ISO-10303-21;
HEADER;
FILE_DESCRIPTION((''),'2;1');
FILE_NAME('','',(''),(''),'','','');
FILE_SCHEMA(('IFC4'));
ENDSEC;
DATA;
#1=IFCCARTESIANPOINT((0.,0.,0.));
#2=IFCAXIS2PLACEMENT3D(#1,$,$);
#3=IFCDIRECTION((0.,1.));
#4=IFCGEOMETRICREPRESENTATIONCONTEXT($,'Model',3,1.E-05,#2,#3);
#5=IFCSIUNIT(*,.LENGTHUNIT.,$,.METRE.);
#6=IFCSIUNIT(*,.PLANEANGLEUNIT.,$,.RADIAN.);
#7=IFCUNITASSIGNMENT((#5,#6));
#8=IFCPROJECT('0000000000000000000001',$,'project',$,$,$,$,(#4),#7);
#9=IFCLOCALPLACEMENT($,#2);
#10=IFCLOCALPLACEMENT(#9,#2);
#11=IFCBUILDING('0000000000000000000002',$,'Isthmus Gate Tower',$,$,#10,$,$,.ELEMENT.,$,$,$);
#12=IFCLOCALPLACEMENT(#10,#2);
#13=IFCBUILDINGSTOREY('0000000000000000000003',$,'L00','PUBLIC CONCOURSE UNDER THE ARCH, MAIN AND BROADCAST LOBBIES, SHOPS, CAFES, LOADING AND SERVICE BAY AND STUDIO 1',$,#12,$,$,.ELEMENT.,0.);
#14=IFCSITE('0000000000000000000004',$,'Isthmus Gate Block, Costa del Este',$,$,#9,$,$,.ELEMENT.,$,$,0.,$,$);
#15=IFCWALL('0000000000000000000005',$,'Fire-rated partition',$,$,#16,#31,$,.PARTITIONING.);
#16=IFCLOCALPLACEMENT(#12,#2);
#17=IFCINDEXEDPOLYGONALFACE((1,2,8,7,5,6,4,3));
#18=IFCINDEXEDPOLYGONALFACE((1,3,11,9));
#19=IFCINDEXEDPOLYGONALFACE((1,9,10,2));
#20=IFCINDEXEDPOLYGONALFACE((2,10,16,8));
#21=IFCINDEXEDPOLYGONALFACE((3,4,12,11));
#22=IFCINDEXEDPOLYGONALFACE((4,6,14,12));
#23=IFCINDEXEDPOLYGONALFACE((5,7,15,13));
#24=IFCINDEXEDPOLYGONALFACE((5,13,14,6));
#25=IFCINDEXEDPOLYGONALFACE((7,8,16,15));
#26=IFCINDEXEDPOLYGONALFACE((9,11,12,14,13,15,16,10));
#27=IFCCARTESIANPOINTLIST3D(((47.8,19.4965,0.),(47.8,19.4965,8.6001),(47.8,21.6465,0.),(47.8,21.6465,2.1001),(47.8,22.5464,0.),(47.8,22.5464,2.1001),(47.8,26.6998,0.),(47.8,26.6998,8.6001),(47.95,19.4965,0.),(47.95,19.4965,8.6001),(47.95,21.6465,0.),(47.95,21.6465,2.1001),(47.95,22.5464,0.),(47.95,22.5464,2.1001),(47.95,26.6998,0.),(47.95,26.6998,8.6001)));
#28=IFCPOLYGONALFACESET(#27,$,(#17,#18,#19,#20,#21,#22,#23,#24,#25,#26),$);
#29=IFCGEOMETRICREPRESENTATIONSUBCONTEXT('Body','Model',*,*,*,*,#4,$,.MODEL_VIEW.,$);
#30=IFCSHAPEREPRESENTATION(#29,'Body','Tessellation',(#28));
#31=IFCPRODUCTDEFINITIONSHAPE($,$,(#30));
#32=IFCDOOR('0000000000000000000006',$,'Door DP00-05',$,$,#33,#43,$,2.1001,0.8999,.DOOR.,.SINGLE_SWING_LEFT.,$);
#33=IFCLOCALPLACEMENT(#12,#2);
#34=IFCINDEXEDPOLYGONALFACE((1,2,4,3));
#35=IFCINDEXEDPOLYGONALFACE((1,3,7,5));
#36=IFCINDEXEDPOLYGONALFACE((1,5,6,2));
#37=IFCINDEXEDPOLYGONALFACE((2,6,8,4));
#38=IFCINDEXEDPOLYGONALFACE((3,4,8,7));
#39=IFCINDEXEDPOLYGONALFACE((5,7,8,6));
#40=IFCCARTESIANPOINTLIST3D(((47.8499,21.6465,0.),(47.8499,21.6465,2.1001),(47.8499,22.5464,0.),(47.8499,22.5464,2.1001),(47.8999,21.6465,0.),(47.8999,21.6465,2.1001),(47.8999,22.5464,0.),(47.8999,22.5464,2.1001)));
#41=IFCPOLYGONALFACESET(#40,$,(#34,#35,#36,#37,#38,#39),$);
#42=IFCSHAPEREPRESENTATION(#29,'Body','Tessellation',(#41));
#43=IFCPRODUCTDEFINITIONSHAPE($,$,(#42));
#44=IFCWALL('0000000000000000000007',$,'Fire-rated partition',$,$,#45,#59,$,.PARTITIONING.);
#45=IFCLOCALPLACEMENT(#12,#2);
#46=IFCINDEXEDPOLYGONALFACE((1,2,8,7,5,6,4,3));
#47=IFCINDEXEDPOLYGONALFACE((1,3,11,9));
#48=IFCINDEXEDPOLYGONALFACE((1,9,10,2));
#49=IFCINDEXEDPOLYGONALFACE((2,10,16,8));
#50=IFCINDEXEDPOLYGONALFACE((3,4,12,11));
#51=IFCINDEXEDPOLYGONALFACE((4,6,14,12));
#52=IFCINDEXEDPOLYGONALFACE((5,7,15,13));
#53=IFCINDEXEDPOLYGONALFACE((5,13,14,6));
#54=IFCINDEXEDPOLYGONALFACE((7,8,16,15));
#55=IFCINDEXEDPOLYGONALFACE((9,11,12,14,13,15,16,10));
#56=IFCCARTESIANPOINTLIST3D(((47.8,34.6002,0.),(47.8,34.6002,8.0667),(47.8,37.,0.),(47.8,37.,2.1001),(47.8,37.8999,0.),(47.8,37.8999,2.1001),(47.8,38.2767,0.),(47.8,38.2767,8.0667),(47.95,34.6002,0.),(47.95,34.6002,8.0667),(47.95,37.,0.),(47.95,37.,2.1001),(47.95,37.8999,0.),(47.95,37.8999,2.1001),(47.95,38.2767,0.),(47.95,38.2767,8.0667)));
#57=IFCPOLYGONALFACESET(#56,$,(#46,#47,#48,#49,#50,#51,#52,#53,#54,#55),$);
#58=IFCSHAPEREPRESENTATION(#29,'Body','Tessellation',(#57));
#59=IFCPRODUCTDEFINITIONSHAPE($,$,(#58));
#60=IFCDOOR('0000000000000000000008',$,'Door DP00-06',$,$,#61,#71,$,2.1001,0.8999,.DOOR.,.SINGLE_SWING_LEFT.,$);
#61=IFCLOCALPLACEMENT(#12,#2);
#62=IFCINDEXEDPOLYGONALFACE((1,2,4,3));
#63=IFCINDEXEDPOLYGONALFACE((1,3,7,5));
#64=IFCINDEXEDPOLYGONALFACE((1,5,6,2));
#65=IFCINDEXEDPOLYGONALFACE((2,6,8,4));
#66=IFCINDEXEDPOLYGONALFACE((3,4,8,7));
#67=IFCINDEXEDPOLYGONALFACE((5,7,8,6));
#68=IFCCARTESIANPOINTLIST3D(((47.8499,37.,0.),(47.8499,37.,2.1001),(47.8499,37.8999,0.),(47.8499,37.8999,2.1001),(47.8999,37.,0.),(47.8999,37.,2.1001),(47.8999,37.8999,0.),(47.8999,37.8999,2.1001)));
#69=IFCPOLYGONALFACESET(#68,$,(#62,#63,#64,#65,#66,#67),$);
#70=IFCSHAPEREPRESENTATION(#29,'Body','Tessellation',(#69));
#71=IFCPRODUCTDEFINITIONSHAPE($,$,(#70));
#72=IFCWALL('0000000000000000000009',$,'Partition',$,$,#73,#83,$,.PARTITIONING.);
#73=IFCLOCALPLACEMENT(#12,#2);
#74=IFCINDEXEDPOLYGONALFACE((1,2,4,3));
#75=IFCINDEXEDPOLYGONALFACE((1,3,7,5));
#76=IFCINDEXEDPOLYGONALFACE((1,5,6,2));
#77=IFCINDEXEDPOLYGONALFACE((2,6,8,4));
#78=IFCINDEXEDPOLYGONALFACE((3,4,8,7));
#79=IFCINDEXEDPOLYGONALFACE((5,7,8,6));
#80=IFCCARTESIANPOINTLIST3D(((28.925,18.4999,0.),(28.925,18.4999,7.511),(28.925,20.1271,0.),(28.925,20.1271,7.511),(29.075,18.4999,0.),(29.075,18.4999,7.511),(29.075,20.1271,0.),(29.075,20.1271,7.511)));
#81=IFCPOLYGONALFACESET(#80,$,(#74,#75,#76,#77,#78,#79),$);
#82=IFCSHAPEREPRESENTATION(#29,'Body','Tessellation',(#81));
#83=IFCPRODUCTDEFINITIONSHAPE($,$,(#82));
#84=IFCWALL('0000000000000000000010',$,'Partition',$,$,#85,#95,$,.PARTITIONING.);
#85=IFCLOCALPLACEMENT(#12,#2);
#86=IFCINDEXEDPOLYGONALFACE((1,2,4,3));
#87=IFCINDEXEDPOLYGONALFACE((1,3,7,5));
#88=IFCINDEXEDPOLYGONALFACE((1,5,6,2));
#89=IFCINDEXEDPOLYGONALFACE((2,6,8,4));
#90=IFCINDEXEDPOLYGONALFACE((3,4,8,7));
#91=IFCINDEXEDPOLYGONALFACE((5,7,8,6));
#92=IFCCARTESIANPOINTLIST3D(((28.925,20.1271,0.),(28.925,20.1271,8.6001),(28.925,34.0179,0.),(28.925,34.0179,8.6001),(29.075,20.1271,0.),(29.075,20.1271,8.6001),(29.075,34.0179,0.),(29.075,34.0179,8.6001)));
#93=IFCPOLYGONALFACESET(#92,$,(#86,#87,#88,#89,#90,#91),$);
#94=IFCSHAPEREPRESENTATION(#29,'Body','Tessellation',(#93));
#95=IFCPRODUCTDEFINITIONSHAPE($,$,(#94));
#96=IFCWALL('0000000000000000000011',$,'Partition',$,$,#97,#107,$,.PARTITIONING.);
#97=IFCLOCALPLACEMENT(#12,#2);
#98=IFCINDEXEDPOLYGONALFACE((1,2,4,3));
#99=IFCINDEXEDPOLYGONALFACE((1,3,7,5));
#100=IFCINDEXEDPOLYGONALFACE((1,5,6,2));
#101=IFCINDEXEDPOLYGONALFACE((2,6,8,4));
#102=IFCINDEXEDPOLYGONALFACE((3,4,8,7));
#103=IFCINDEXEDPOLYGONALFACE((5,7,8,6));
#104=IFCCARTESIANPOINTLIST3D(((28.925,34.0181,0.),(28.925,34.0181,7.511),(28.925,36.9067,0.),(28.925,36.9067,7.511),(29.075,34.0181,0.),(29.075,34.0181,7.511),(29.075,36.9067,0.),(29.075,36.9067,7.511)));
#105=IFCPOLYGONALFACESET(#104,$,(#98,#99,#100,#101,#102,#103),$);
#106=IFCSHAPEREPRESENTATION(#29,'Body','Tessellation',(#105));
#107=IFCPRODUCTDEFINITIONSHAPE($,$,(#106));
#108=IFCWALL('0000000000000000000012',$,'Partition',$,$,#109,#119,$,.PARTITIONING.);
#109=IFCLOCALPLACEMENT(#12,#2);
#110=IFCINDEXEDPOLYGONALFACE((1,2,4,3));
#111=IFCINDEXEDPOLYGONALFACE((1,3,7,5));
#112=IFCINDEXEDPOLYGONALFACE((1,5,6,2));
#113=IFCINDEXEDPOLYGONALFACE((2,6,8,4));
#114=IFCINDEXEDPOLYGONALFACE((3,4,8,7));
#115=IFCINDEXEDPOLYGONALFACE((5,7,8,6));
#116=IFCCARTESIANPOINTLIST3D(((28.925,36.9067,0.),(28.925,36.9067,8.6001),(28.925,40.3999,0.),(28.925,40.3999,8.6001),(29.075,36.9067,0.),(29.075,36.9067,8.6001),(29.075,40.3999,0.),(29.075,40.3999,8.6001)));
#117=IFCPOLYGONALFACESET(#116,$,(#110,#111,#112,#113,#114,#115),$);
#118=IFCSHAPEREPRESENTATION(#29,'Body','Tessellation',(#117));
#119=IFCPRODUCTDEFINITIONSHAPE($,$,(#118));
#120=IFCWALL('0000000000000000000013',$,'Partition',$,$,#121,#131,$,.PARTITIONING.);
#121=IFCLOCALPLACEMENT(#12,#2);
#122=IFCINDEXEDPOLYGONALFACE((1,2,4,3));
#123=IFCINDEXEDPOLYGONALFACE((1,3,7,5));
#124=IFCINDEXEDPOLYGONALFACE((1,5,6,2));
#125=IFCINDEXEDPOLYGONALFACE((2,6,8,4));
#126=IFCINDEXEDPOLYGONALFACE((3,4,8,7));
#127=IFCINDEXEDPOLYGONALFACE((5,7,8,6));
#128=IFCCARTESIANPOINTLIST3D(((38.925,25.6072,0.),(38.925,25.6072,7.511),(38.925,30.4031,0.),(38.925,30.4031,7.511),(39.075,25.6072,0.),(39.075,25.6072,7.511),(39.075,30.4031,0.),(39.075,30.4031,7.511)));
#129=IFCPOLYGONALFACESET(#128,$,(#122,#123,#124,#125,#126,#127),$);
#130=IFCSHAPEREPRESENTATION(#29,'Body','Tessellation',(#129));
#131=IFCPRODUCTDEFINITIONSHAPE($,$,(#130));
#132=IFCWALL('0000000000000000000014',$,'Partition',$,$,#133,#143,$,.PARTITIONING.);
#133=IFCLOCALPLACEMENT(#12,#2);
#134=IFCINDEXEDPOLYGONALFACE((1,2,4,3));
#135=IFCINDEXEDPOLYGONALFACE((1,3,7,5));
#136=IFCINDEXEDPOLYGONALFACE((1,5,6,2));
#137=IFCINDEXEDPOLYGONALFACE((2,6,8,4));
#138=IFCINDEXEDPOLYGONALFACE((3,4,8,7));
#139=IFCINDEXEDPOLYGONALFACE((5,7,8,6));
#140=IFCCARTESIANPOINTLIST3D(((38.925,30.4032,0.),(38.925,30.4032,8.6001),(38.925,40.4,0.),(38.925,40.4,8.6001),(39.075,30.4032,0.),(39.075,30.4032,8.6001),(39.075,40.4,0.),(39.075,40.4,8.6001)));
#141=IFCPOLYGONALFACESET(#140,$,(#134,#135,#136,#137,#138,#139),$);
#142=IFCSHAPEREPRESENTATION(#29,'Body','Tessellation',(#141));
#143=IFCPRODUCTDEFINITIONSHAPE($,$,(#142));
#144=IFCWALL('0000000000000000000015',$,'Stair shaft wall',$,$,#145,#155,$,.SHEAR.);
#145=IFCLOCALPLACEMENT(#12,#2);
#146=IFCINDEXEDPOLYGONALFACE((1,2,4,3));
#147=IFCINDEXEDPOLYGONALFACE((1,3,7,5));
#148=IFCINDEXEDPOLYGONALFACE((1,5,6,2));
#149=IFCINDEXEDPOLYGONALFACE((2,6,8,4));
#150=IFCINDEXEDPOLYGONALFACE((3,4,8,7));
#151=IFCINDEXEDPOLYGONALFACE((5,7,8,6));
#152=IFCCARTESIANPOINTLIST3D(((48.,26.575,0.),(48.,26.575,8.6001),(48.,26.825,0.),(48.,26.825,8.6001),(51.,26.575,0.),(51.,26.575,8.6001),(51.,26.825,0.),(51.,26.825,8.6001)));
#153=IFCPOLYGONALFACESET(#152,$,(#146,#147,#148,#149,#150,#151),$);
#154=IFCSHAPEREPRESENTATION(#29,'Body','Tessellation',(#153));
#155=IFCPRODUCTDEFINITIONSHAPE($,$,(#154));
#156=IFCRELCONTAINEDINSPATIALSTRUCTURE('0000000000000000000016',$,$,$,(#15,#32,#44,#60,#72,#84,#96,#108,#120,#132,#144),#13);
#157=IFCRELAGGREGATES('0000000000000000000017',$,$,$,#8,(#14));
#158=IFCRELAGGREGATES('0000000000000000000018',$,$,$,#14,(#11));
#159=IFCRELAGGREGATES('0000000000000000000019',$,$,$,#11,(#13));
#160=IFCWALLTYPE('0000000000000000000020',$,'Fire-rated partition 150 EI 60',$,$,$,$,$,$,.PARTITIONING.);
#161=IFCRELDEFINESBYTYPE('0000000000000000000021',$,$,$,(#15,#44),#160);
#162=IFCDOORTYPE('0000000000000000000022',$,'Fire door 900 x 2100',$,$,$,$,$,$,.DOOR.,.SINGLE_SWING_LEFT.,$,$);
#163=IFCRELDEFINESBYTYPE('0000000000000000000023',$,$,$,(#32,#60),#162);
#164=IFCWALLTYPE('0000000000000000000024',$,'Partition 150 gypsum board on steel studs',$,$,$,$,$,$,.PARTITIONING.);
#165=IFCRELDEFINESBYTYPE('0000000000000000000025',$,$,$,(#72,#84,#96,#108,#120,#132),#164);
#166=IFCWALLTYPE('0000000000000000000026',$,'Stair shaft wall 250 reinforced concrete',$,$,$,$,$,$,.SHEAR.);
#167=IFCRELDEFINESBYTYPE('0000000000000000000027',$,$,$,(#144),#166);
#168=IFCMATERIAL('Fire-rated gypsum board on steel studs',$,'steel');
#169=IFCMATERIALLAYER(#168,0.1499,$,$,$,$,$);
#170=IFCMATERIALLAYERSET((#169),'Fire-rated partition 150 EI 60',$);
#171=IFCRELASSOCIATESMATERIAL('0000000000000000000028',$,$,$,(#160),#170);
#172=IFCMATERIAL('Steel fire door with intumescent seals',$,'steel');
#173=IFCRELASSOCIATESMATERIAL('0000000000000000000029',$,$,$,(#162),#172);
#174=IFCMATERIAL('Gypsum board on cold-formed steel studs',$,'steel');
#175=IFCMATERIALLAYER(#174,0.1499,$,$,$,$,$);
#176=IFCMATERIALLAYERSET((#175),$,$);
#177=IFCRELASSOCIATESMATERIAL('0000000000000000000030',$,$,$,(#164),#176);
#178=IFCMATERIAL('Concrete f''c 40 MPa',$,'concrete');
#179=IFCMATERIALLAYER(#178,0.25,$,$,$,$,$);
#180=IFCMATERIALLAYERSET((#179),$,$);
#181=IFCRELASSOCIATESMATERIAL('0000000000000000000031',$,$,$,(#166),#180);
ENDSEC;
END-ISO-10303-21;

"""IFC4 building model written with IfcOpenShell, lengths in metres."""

from ifc_helpers import new_model, si_unit, direction, frame, frame_2d, origin, place, context, subcontext, project, spatial, rectangle, extrude, material, layer, layer_set, type_object, element, fill, save


model = new_model("IFC4")

# Units and contexts
model_context = context("Model", 3, precision=1e-05, world=origin(), true_north=direction((0.0, 1.0)))
body_context = subcontext(model_context, "Body", "Model", "MODEL_VIEW")
ifc_project = project(units=[si_unit("LENGTHUNIT", "METRE"), si_unit("PLANEANGLEUNIT", "RADIAN")], contexts=[model_context])

# Site, building, storey
site_placement = place(None, origin())
site = spatial("IfcSite", under=ifc_project, at=site_placement, Name="Isthmus Gate Block, Costa del Este", CompositionType="ELEMENT", RefElevation=0.0)
building_placement = place(site_placement, origin())
building = spatial("IfcBuilding", under=site, at=building_placement, Name="Isthmus Gate Tower", CompositionType="ELEMENT")
storey_placement = place(building_placement, origin())
storey = spatial("IfcBuildingStorey", under=building, at=storey_placement, Name="L00", Description="PUBLIC CONCOURSE UNDER THE ARCH, MAIN AND BROADCAST LOBBIES, SHOPS, CAFES, LOADING AND SERVICE BAY AND STUDIO 1", CompositionType="ELEMENT", Elevation=0.0)

# Shared definitions
ifc_material_1 = material(Name="Fire-rated gypsum board on steel studs", Category="steel")
ifc_layer_1 = layer(ifc_material_1, 0.1499)
ifc_layer_set_1 = layer_set([ifc_layer_1], Name="Fire-rated partition 150 EI 60")
wall_type_1 = type_object("IfcWallType", Name="Fire-rated partition 150 EI 60", PredefinedType="PARTITIONING", material=ifc_layer_set_1)

# Walls, openings, doors
wall_1_placement = place(storey_placement, frame((47.875, 19.4966, 0.0), z_axis=(0.0, 0.0, 1.0), x_axis=(0.0, 1.0, 0.0)))
wall_1 = element("IfcWall", 1, at=wall_1_placement, inside=storey, type_object=wall_type_1, Name="Fire-rated partition", PredefinedType="PARTITIONING", context=body_context, shape_type="SweptSolid", body=[
    extrude(rectangle(XDim=7.2034, YDim=0.1499, at=frame_2d((3.6016, 0.0))), origin(), (0.0, 0.0, 1.0), 8.6001),
])
opening_1_placement = place(wall_1_placement, frame((2.1499, 0.0, 0.0)))
opening_1 = element("IfcOpeningElement", 2, at=opening_1_placement, cuts=wall_1, PredefinedType="OPENING", context=body_context, shape_type="SweptSolid", body=[
    extrude(rectangle(XDim=0.8999, YDim=2.1001, at=frame_2d((0.45, 1.05))), frame((0.0, 0.085, 0.0), z_axis=(0.0, -1.0, 0.0), x_axis=(1.0, 0.0, 0.0)), (0.0, 0.0, 1.0), 0.1699),
])
ifc_material_2 = material(Name="Steel fire door with intumescent seals", Category="steel")
door_type_1 = type_object("IfcDoorType", Name="Fire door 900 x 2100", OperationType="SINGLE_SWING_LEFT", PredefinedType="DOOR", material=ifc_material_2)
door_1_placement = place(opening_1_placement, frame((0.8999, 0.0, 0.0), z_axis=(0.0, 0.0, 1.0), x_axis=(-1.0, 0.0, 0.0)))
door_1 = element("IfcDoor", 3, at=door_1_placement, inside=storey, type_object=door_type_1, Name="Door DP00-05", OperationType="SINGLE_SWING_LEFT", OverallHeight=2.1001, OverallWidth=0.8999, PredefinedType="DOOR", context=body_context, shape_type="SweptSolid", body=[
    extrude(rectangle(XDim=0.8999, YDim=2.1001, at=frame_2d((0.45, 1.05))), frame((0.0, 0.0249, 0.0), z_axis=(0.0, -1.0, 0.0), x_axis=(1.0, 0.0, 0.0)), (0.0, 0.0, 1.0), 0.05),
])
fill(opening_1, door_1)
wall_2_placement = place(storey_placement, frame((47.875, 34.6001, 0.0), z_axis=(0.0, 0.0, 1.0), x_axis=(0.0, 1.0, 0.0)))
wall_2 = element("IfcWall", 4, at=wall_2_placement, inside=storey, type_object=wall_type_1, Name="Fire-rated partition", PredefinedType="PARTITIONING", context=body_context, shape_type="SweptSolid", body=[
    extrude(rectangle(XDim=3.6765, YDim=0.1499, at=frame_2d((1.8384, 0.0))), origin(), (0.0, 0.0, 1.0), 8.0667),
])
opening_2_placement = place(wall_2_placement, frame((2.3999, 0.0, 0.0)))
opening_2 = element("IfcOpeningElement", 5, at=opening_2_placement, cuts=wall_2, PredefinedType="OPENING", context=body_context, shape_type="SweptSolid", body=[
    extrude(rectangle(XDim=0.8999, YDim=2.1001, at=frame_2d((0.45, 1.05))), frame((0.0, 0.085, 0.0), z_axis=(0.0, -1.0, 0.0), x_axis=(1.0, 0.0, 0.0)), (0.0, 0.0, 1.0), 0.1699),
])
door_2_placement = place(opening_2_placement, frame((0.8999, 0.0, 0.0), z_axis=(0.0, 0.0, 1.0), x_axis=(-1.0, 0.0, 0.0)))
door_2 = element("IfcDoor", 6, at=door_2_placement, inside=storey, type_object=door_type_1, Name="Door DP00-06", OperationType="SINGLE_SWING_LEFT", OverallHeight=2.1001, OverallWidth=0.8999, PredefinedType="DOOR", context=body_context, shape_type="SweptSolid", body=[
    extrude(rectangle(XDim=0.8999, YDim=2.1001, at=frame_2d((0.45, 1.05))), frame((0.0, 0.0249, 0.0), z_axis=(0.0, -1.0, 0.0), x_axis=(1.0, 0.0, 0.0)), (0.0, 0.0, 1.0), 0.05),
])
fill(opening_2, door_2)

# Walls
ifc_material_3 = material(Name="Gypsum board on cold-formed steel studs", Category="steel")
ifc_layer_2 = layer(ifc_material_3, 0.1499)
ifc_layer_set_2 = layer_set([ifc_layer_2])
wall_type_2 = type_object("IfcWallType", Name="Partition 150 gypsum board on steel studs", PredefinedType="PARTITIONING", material=ifc_layer_set_2)
wall_3_placement = place(storey_placement, frame((29.0, 18.5, 0.0), z_axis=(0.0, 0.0, 1.0), x_axis=(0.0, 1.0, 0.0)))
element("IfcWall", 7, at=wall_3_placement, inside=storey, type_object=wall_type_2, Name="Partition", PredefinedType="PARTITIONING", context=body_context, shape_type="SweptSolid", body=[
    extrude(rectangle(XDim=1.6272, YDim=0.1499, at=frame_2d((0.8135, 0.0))), origin(), (0.0, 0.0, 1.0), 7.511),
])
wall_4_placement = place(storey_placement, frame((29.0, 20.1272, 0.0), z_axis=(0.0, 0.0, 1.0), x_axis=(0.0, 1.0, 0.0)))
element("IfcWall", 8, at=wall_4_placement, inside=storey, type_object=wall_type_2, Name="Partition", PredefinedType="PARTITIONING", context=body_context, shape_type="SweptSolid", body=[
    extrude(rectangle(XDim=13.8909, YDim=0.1499, at=frame_2d((6.9453, 0.0))), origin(), (0.0, 0.0, 1.0), 8.6001),
])
wall_5_placement = place(storey_placement, frame((29.0, 34.0181, 0.0), z_axis=(0.0, 0.0, 1.0), x_axis=(0.0, 1.0, 0.0)))
element("IfcWall", 9, at=wall_5_placement, inside=storey, type_object=wall_type_2, Name="Partition", PredefinedType="PARTITIONING", context=body_context, shape_type="SweptSolid", body=[
    extrude(rectangle(XDim=2.8887, YDim=0.1499, at=frame_2d((1.4443, 0.0))), origin(), (0.0, 0.0, 1.0), 7.511),
])
wall_6_placement = place(storey_placement, frame((29.0, 36.9067, 0.0), z_axis=(0.0, 0.0, 1.0), x_axis=(0.0, 1.0, 0.0)))
element("IfcWall", 10, at=wall_6_placement, inside=storey, type_object=wall_type_2, Name="Partition", PredefinedType="PARTITIONING", context=body_context, shape_type="SweptSolid", body=[
    extrude(rectangle(XDim=3.4932, YDim=0.1499, at=frame_2d((1.7466, 0.0))), origin(), (0.0, 0.0, 1.0), 8.6001),
])
wall_7_placement = place(storey_placement, frame((39.0, 25.6072, 0.0), z_axis=(0.0, 0.0, 1.0), x_axis=(0.0, 1.0, 0.0)))
element("IfcWall", 11, at=wall_7_placement, inside=storey, type_object=wall_type_2, Name="Partition", PredefinedType="PARTITIONING", context=body_context, shape_type="SweptSolid", body=[
    extrude(rectangle(XDim=4.7959, YDim=0.1499, at=frame_2d((2.3979, 0.0))), origin(), (0.0, 0.0, 1.0), 7.511),
])
wall_8_placement = place(storey_placement, frame((39.0, 30.4031, 0.0), z_axis=(0.0, 0.0, 1.0), x_axis=(0.0, 1.0, 0.0)))
element("IfcWall", 12, at=wall_8_placement, inside=storey, type_object=wall_type_2, Name="Partition", PredefinedType="PARTITIONING", context=body_context, shape_type="SweptSolid", body=[
    extrude(rectangle(XDim=9.9968, YDim=0.1499, at=frame_2d((4.9985, 0.0))), origin(), (0.0, 0.0, 1.0), 8.6001),
])
ifc_material_4 = material(Name="Concrete f'c 40 MPa", Category="concrete")
ifc_layer_3 = layer(ifc_material_4, 0.25)
ifc_layer_set_3 = layer_set([ifc_layer_3])
wall_type_3 = type_object("IfcWallType", Name="Stair shaft wall 250 reinforced concrete", PredefinedType="SHEAR", material=ifc_layer_set_3)
wall_9_placement = place(storey_placement, frame((48.0, 26.7, 0.0), z_axis=(0.0, 0.0, 1.0), x_axis=(1.0, 0.0, 0.0)))
element("IfcWall", 13, at=wall_9_placement, inside=storey, type_object=wall_type_3, Name="Stair shaft wall", PredefinedType="SHEAR", context=body_context, shape_type="SweptSolid", body=[
    extrude(rectangle(XDim=3.0, YDim=0.25, at=frame_2d((1.5, 0.0))), origin(), (0.0, 0.0, 1.0), 8.6001),
])

save(model, "model.ifc")
